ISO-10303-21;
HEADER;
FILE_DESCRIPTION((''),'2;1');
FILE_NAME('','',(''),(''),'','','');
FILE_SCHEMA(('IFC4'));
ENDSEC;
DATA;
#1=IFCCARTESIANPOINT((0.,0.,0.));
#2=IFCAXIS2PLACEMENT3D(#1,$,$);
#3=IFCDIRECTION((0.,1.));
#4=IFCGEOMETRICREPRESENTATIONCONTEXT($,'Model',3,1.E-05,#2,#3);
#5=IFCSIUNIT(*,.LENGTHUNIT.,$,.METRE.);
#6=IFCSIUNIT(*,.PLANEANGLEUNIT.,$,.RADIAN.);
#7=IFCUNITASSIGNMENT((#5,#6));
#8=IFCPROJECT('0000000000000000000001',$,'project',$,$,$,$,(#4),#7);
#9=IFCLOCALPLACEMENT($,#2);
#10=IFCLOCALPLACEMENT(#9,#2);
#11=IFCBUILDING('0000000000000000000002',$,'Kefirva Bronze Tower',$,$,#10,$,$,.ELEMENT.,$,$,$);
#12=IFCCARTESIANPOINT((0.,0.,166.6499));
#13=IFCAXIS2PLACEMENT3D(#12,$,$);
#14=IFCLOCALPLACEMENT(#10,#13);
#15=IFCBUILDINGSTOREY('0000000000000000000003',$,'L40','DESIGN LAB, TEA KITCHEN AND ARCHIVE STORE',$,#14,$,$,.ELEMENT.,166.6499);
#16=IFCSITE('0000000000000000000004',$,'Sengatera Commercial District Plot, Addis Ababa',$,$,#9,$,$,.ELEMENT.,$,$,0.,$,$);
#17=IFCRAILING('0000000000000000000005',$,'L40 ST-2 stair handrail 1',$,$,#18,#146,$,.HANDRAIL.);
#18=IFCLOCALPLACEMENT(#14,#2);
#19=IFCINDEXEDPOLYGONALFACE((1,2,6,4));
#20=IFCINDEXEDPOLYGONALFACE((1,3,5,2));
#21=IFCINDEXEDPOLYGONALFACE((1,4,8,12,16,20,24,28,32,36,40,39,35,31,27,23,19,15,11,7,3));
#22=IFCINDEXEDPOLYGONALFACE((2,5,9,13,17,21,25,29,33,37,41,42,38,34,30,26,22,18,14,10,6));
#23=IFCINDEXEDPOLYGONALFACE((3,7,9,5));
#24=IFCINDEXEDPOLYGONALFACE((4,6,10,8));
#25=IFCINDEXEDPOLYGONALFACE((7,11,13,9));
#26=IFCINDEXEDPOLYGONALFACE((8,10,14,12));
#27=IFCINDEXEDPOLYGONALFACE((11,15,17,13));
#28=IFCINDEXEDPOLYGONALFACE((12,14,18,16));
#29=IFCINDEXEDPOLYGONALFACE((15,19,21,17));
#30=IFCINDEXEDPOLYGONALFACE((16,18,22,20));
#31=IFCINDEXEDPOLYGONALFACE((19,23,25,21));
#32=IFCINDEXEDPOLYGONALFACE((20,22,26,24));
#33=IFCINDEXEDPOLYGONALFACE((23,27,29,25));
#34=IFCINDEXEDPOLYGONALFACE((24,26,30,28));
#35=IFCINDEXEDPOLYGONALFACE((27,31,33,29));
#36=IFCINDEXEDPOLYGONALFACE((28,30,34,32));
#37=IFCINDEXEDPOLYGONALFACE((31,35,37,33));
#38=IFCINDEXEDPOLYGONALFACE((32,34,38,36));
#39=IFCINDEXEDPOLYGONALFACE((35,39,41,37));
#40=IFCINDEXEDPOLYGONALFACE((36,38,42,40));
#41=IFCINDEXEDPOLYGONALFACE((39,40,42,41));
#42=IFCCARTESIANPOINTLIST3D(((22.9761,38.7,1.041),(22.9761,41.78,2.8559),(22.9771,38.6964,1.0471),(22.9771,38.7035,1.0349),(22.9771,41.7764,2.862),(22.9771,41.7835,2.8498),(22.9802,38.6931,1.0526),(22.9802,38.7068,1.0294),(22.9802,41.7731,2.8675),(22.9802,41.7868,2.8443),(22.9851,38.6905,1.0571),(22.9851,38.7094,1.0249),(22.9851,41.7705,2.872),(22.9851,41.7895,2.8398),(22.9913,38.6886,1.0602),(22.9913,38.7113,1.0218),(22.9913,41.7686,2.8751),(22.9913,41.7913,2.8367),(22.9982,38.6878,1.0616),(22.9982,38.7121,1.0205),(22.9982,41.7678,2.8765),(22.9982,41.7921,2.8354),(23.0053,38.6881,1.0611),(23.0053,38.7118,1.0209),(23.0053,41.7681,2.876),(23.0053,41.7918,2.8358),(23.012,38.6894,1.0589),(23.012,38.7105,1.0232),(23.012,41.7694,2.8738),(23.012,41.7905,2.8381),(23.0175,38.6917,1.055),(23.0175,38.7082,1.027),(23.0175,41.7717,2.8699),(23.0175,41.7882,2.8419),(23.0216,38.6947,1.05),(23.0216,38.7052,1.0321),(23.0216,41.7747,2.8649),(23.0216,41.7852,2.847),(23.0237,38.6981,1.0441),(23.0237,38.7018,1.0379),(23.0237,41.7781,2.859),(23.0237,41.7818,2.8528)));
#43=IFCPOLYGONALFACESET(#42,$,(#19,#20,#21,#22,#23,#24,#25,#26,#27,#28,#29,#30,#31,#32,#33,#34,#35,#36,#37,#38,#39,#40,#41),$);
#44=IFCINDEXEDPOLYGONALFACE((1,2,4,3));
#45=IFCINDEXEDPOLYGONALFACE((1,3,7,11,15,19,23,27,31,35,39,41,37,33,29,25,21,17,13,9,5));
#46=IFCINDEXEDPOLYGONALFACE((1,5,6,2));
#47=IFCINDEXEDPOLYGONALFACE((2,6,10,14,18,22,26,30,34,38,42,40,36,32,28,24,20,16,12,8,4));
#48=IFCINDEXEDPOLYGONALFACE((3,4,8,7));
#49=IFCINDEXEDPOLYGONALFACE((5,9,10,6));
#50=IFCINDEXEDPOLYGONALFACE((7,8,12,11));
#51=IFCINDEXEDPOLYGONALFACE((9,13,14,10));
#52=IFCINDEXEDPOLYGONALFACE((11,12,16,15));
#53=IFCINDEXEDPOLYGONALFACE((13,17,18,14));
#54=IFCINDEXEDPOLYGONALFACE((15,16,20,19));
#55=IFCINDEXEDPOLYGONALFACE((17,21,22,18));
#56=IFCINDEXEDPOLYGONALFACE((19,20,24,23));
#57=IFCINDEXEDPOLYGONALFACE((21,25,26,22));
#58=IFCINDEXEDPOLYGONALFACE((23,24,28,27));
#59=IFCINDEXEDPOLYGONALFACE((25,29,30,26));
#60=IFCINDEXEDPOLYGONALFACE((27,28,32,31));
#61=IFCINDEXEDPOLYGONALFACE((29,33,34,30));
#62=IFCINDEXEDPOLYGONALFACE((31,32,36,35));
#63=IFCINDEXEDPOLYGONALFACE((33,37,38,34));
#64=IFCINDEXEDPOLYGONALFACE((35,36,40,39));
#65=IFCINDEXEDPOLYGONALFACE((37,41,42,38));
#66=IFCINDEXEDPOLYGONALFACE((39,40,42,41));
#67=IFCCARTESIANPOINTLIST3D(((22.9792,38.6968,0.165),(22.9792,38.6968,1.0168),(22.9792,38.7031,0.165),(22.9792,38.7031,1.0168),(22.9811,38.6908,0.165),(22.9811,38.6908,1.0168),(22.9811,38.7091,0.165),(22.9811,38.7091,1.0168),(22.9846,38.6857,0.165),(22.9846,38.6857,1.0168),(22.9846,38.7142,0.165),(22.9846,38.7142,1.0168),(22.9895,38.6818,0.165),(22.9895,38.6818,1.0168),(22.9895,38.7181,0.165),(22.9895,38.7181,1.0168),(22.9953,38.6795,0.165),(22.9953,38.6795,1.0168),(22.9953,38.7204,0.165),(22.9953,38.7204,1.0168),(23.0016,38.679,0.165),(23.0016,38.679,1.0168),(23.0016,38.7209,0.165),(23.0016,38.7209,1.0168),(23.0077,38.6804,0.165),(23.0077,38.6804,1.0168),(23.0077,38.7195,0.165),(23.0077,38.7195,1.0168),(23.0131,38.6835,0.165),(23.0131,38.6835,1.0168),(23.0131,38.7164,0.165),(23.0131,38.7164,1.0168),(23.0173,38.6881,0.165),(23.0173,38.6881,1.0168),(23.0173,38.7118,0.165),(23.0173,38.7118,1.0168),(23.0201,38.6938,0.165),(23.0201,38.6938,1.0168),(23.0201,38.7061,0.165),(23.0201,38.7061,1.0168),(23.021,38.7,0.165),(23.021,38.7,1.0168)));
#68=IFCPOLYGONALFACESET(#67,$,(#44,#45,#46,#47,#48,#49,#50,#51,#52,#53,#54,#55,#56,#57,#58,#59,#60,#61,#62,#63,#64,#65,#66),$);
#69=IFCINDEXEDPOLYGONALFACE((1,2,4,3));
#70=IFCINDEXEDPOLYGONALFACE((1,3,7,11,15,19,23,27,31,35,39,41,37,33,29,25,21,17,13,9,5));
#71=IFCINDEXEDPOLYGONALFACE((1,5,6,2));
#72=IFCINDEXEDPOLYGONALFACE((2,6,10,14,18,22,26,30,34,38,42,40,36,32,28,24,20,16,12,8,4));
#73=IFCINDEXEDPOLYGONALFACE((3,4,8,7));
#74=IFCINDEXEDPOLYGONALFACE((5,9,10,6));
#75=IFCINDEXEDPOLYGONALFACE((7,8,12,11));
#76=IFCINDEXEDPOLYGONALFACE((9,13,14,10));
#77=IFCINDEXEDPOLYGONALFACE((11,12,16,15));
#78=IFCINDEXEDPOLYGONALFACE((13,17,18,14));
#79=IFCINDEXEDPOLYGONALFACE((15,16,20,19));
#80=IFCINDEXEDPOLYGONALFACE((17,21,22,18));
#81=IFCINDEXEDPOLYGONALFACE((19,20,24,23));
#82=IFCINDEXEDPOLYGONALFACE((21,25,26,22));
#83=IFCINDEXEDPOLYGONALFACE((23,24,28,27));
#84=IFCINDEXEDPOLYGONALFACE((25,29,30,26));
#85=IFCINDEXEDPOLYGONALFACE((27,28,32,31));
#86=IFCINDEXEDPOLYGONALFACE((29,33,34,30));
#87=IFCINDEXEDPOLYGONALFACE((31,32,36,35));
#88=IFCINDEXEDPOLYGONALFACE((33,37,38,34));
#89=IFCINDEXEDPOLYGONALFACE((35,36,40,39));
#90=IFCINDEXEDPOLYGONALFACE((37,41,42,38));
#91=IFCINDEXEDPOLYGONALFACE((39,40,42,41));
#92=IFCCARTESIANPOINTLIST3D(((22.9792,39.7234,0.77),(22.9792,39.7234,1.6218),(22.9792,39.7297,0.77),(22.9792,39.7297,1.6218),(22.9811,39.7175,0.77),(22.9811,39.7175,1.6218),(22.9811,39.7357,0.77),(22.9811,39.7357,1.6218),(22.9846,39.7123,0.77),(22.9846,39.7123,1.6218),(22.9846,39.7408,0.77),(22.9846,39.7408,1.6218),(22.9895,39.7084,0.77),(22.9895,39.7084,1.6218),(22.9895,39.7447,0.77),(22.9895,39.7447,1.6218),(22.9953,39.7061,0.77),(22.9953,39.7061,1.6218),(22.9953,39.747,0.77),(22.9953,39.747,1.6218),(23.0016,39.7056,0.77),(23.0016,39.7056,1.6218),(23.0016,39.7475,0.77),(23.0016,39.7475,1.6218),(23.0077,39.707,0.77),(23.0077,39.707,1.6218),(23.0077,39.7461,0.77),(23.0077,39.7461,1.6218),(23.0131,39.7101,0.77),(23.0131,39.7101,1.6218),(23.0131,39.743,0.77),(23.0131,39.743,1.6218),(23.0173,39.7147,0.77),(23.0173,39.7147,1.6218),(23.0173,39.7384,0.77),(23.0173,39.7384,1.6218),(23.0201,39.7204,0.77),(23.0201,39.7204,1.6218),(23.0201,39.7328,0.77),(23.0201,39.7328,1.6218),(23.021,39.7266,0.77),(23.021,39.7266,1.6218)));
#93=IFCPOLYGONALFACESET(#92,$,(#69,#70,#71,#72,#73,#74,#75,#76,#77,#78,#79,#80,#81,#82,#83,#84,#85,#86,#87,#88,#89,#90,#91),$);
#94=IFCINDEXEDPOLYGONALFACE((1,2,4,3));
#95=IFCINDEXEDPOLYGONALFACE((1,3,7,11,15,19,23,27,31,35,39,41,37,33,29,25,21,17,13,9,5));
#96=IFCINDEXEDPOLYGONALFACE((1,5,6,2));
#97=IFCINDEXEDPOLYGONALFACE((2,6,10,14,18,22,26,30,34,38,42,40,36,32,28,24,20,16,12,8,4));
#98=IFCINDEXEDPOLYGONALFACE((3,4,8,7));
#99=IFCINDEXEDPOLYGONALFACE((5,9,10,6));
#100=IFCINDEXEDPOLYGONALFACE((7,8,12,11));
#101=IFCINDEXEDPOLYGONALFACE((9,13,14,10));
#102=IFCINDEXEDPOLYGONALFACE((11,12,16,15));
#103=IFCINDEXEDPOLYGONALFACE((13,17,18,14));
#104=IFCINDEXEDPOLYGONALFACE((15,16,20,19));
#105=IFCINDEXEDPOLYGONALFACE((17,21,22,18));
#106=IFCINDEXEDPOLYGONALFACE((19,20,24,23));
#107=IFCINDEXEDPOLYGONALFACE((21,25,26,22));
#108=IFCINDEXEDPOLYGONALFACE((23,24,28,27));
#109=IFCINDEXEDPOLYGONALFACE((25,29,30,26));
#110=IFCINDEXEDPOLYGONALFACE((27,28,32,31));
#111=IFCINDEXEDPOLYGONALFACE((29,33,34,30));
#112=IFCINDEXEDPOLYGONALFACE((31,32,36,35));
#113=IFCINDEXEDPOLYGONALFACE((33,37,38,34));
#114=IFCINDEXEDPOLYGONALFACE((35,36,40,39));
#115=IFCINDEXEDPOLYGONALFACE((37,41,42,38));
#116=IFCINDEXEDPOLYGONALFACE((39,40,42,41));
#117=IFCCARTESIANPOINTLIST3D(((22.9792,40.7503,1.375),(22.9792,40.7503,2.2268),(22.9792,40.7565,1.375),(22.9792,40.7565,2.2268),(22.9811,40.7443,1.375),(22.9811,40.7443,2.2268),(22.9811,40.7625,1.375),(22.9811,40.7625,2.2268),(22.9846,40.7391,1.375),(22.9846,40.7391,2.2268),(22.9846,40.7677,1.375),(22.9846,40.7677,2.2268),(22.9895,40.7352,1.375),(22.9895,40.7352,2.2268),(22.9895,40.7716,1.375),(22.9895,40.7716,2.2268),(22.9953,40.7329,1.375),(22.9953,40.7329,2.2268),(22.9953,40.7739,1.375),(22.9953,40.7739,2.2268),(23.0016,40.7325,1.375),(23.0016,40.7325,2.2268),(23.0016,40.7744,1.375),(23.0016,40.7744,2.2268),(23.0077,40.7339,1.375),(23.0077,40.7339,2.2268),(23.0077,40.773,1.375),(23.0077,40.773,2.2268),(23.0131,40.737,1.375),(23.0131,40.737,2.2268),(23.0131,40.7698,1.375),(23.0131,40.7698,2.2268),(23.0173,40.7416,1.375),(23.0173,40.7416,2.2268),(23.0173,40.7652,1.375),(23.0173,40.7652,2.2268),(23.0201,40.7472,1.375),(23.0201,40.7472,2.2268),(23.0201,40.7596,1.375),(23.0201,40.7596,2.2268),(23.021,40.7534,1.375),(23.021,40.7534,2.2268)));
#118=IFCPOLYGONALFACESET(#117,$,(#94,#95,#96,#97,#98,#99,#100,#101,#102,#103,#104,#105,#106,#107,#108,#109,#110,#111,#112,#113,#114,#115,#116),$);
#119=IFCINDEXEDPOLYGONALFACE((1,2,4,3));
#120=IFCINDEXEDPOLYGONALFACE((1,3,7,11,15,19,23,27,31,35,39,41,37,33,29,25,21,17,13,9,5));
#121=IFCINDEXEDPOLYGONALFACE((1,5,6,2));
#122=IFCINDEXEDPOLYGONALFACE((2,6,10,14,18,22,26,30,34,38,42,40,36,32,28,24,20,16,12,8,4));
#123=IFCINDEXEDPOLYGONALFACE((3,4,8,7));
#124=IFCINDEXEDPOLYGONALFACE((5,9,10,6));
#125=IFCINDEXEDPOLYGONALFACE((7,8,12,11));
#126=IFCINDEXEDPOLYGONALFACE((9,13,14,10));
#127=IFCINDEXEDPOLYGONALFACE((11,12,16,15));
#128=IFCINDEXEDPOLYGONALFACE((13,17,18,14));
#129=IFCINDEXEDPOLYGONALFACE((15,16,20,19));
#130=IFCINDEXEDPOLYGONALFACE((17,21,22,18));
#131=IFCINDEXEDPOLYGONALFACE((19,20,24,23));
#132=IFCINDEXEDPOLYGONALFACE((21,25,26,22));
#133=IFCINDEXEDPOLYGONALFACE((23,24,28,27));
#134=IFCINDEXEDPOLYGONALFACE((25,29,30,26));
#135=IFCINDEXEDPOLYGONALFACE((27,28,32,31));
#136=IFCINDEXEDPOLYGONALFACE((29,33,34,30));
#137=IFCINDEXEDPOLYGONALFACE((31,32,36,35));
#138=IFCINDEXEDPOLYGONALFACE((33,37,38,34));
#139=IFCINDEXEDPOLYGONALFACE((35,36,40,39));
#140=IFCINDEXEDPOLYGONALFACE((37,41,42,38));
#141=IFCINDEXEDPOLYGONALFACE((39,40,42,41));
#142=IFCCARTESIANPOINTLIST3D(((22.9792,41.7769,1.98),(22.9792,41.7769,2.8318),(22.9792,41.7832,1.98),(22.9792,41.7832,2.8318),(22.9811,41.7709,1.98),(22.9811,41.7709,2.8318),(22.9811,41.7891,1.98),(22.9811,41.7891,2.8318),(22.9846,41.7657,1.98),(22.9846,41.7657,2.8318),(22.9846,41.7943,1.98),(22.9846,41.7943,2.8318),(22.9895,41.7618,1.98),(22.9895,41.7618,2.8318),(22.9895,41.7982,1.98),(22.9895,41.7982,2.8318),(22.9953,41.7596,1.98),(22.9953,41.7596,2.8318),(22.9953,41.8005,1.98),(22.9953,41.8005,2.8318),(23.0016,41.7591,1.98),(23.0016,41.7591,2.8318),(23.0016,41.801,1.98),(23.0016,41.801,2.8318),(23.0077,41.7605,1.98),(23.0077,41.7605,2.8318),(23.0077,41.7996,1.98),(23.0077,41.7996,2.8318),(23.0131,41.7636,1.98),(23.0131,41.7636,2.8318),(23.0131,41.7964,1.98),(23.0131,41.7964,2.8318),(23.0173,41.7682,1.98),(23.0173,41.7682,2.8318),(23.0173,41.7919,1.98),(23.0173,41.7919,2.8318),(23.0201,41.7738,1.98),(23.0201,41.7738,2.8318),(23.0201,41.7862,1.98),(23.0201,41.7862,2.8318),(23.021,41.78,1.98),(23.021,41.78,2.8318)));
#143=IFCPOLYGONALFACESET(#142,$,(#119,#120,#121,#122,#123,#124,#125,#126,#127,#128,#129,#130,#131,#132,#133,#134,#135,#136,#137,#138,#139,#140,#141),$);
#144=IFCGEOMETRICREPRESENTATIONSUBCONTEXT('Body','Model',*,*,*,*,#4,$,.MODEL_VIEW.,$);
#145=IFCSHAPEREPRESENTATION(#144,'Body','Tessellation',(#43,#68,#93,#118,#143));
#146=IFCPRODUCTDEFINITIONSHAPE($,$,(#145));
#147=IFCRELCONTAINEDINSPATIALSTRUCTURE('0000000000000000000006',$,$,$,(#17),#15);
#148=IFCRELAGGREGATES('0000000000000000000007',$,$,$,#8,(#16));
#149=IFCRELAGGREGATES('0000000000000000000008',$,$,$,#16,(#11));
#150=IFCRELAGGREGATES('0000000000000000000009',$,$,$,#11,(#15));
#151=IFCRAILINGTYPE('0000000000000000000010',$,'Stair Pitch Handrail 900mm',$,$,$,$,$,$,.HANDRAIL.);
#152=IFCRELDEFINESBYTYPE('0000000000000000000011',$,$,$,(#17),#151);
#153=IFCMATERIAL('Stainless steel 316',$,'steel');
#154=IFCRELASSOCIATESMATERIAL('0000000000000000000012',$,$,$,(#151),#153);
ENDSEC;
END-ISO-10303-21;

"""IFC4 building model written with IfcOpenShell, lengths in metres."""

from ifc_helpers import new_model, si_unit, direction, frame, origin, origin_2d, place, context, subcontext, project, spatial, circle, extrude, material, type_object, element, save


model = new_model("IFC4")

# Units and contexts
model_context = context("Model", 3, precision=1e-05, world=origin(), true_north=direction((0.0, 1.0)))
body_context = subcontext(model_context, "Body", "Model", "MODEL_VIEW")
ifc_project = project(units=[si_unit("LENGTHUNIT", "METRE"), si_unit("PLANEANGLEUNIT", "RADIAN")], contexts=[model_context])

# Site, building, storey
site_placement = place(None, origin())
site = spatial("IfcSite", under=ifc_project, at=site_placement, Name="Sengatera Commercial District Plot, Addis Ababa", CompositionType="ELEMENT", RefElevation=0.0)
building_placement = place(site_placement, origin())
building = spatial("IfcBuilding", under=site, at=building_placement, Name="Kefirva Bronze Tower", CompositionType="ELEMENT")
storey_placement = place(building_placement, frame((0.0, 0.0, 166.6499)))
storey = spatial("IfcBuildingStorey", under=building, at=storey_placement, Name="L40", Description="DESIGN LAB, TEA KITCHEN AND ARCHIVE STORE", CompositionType="ELEMENT", Elevation=166.6499)

# Railing
ifc_material_1 = material(Name="Stainless steel 316", Category="steel")
railing_type_1 = type_object("IfcRailingType", Name="Stair Pitch Handrail 900mm", PredefinedType="HANDRAIL", material=ifc_material_1)
railing_1_placement = place(storey_placement, frame((23.0, 38.7, 0.165)))
element("IfcRailing", 1, at=railing_1_placement, inside=storey, type_object=railing_type_1, Name="L40 ST-2 stair handrail 1", PredefinedType="HANDRAIL", context=body_context, shape_type="SweptSolid", body=[
    extrude(circle(Radius=0.0239, at=origin_2d()), frame((0.0, 0.0, 0.876), z_axis=(0.0, 0.861551, 0.507671), x_axis=(-1.0, 0.0, 0.0)), (0.0, 0.0, 1.0), 3.575),
    extrude(circle(Radius=0.021, at=origin_2d()), origin(), (0.0, 0.0, 1.0), 0.8518),
    extrude(circle(Radius=0.021, at=origin_2d()), frame((0.0, 1.0266, 0.605)), (0.0, 0.0, 1.0), 0.8518),
    extrude(circle(Radius=0.021, at=origin_2d()), frame((0.0, 2.0535, 1.21)), (0.0, 0.0, 1.0), 0.8518),
    extrude(circle(Radius=0.021, at=origin_2d()), frame((0.0, 3.0801, 1.8149)), (0.0, 0.0, 1.0), 0.8518),
])

save(model, "model.ifc")
